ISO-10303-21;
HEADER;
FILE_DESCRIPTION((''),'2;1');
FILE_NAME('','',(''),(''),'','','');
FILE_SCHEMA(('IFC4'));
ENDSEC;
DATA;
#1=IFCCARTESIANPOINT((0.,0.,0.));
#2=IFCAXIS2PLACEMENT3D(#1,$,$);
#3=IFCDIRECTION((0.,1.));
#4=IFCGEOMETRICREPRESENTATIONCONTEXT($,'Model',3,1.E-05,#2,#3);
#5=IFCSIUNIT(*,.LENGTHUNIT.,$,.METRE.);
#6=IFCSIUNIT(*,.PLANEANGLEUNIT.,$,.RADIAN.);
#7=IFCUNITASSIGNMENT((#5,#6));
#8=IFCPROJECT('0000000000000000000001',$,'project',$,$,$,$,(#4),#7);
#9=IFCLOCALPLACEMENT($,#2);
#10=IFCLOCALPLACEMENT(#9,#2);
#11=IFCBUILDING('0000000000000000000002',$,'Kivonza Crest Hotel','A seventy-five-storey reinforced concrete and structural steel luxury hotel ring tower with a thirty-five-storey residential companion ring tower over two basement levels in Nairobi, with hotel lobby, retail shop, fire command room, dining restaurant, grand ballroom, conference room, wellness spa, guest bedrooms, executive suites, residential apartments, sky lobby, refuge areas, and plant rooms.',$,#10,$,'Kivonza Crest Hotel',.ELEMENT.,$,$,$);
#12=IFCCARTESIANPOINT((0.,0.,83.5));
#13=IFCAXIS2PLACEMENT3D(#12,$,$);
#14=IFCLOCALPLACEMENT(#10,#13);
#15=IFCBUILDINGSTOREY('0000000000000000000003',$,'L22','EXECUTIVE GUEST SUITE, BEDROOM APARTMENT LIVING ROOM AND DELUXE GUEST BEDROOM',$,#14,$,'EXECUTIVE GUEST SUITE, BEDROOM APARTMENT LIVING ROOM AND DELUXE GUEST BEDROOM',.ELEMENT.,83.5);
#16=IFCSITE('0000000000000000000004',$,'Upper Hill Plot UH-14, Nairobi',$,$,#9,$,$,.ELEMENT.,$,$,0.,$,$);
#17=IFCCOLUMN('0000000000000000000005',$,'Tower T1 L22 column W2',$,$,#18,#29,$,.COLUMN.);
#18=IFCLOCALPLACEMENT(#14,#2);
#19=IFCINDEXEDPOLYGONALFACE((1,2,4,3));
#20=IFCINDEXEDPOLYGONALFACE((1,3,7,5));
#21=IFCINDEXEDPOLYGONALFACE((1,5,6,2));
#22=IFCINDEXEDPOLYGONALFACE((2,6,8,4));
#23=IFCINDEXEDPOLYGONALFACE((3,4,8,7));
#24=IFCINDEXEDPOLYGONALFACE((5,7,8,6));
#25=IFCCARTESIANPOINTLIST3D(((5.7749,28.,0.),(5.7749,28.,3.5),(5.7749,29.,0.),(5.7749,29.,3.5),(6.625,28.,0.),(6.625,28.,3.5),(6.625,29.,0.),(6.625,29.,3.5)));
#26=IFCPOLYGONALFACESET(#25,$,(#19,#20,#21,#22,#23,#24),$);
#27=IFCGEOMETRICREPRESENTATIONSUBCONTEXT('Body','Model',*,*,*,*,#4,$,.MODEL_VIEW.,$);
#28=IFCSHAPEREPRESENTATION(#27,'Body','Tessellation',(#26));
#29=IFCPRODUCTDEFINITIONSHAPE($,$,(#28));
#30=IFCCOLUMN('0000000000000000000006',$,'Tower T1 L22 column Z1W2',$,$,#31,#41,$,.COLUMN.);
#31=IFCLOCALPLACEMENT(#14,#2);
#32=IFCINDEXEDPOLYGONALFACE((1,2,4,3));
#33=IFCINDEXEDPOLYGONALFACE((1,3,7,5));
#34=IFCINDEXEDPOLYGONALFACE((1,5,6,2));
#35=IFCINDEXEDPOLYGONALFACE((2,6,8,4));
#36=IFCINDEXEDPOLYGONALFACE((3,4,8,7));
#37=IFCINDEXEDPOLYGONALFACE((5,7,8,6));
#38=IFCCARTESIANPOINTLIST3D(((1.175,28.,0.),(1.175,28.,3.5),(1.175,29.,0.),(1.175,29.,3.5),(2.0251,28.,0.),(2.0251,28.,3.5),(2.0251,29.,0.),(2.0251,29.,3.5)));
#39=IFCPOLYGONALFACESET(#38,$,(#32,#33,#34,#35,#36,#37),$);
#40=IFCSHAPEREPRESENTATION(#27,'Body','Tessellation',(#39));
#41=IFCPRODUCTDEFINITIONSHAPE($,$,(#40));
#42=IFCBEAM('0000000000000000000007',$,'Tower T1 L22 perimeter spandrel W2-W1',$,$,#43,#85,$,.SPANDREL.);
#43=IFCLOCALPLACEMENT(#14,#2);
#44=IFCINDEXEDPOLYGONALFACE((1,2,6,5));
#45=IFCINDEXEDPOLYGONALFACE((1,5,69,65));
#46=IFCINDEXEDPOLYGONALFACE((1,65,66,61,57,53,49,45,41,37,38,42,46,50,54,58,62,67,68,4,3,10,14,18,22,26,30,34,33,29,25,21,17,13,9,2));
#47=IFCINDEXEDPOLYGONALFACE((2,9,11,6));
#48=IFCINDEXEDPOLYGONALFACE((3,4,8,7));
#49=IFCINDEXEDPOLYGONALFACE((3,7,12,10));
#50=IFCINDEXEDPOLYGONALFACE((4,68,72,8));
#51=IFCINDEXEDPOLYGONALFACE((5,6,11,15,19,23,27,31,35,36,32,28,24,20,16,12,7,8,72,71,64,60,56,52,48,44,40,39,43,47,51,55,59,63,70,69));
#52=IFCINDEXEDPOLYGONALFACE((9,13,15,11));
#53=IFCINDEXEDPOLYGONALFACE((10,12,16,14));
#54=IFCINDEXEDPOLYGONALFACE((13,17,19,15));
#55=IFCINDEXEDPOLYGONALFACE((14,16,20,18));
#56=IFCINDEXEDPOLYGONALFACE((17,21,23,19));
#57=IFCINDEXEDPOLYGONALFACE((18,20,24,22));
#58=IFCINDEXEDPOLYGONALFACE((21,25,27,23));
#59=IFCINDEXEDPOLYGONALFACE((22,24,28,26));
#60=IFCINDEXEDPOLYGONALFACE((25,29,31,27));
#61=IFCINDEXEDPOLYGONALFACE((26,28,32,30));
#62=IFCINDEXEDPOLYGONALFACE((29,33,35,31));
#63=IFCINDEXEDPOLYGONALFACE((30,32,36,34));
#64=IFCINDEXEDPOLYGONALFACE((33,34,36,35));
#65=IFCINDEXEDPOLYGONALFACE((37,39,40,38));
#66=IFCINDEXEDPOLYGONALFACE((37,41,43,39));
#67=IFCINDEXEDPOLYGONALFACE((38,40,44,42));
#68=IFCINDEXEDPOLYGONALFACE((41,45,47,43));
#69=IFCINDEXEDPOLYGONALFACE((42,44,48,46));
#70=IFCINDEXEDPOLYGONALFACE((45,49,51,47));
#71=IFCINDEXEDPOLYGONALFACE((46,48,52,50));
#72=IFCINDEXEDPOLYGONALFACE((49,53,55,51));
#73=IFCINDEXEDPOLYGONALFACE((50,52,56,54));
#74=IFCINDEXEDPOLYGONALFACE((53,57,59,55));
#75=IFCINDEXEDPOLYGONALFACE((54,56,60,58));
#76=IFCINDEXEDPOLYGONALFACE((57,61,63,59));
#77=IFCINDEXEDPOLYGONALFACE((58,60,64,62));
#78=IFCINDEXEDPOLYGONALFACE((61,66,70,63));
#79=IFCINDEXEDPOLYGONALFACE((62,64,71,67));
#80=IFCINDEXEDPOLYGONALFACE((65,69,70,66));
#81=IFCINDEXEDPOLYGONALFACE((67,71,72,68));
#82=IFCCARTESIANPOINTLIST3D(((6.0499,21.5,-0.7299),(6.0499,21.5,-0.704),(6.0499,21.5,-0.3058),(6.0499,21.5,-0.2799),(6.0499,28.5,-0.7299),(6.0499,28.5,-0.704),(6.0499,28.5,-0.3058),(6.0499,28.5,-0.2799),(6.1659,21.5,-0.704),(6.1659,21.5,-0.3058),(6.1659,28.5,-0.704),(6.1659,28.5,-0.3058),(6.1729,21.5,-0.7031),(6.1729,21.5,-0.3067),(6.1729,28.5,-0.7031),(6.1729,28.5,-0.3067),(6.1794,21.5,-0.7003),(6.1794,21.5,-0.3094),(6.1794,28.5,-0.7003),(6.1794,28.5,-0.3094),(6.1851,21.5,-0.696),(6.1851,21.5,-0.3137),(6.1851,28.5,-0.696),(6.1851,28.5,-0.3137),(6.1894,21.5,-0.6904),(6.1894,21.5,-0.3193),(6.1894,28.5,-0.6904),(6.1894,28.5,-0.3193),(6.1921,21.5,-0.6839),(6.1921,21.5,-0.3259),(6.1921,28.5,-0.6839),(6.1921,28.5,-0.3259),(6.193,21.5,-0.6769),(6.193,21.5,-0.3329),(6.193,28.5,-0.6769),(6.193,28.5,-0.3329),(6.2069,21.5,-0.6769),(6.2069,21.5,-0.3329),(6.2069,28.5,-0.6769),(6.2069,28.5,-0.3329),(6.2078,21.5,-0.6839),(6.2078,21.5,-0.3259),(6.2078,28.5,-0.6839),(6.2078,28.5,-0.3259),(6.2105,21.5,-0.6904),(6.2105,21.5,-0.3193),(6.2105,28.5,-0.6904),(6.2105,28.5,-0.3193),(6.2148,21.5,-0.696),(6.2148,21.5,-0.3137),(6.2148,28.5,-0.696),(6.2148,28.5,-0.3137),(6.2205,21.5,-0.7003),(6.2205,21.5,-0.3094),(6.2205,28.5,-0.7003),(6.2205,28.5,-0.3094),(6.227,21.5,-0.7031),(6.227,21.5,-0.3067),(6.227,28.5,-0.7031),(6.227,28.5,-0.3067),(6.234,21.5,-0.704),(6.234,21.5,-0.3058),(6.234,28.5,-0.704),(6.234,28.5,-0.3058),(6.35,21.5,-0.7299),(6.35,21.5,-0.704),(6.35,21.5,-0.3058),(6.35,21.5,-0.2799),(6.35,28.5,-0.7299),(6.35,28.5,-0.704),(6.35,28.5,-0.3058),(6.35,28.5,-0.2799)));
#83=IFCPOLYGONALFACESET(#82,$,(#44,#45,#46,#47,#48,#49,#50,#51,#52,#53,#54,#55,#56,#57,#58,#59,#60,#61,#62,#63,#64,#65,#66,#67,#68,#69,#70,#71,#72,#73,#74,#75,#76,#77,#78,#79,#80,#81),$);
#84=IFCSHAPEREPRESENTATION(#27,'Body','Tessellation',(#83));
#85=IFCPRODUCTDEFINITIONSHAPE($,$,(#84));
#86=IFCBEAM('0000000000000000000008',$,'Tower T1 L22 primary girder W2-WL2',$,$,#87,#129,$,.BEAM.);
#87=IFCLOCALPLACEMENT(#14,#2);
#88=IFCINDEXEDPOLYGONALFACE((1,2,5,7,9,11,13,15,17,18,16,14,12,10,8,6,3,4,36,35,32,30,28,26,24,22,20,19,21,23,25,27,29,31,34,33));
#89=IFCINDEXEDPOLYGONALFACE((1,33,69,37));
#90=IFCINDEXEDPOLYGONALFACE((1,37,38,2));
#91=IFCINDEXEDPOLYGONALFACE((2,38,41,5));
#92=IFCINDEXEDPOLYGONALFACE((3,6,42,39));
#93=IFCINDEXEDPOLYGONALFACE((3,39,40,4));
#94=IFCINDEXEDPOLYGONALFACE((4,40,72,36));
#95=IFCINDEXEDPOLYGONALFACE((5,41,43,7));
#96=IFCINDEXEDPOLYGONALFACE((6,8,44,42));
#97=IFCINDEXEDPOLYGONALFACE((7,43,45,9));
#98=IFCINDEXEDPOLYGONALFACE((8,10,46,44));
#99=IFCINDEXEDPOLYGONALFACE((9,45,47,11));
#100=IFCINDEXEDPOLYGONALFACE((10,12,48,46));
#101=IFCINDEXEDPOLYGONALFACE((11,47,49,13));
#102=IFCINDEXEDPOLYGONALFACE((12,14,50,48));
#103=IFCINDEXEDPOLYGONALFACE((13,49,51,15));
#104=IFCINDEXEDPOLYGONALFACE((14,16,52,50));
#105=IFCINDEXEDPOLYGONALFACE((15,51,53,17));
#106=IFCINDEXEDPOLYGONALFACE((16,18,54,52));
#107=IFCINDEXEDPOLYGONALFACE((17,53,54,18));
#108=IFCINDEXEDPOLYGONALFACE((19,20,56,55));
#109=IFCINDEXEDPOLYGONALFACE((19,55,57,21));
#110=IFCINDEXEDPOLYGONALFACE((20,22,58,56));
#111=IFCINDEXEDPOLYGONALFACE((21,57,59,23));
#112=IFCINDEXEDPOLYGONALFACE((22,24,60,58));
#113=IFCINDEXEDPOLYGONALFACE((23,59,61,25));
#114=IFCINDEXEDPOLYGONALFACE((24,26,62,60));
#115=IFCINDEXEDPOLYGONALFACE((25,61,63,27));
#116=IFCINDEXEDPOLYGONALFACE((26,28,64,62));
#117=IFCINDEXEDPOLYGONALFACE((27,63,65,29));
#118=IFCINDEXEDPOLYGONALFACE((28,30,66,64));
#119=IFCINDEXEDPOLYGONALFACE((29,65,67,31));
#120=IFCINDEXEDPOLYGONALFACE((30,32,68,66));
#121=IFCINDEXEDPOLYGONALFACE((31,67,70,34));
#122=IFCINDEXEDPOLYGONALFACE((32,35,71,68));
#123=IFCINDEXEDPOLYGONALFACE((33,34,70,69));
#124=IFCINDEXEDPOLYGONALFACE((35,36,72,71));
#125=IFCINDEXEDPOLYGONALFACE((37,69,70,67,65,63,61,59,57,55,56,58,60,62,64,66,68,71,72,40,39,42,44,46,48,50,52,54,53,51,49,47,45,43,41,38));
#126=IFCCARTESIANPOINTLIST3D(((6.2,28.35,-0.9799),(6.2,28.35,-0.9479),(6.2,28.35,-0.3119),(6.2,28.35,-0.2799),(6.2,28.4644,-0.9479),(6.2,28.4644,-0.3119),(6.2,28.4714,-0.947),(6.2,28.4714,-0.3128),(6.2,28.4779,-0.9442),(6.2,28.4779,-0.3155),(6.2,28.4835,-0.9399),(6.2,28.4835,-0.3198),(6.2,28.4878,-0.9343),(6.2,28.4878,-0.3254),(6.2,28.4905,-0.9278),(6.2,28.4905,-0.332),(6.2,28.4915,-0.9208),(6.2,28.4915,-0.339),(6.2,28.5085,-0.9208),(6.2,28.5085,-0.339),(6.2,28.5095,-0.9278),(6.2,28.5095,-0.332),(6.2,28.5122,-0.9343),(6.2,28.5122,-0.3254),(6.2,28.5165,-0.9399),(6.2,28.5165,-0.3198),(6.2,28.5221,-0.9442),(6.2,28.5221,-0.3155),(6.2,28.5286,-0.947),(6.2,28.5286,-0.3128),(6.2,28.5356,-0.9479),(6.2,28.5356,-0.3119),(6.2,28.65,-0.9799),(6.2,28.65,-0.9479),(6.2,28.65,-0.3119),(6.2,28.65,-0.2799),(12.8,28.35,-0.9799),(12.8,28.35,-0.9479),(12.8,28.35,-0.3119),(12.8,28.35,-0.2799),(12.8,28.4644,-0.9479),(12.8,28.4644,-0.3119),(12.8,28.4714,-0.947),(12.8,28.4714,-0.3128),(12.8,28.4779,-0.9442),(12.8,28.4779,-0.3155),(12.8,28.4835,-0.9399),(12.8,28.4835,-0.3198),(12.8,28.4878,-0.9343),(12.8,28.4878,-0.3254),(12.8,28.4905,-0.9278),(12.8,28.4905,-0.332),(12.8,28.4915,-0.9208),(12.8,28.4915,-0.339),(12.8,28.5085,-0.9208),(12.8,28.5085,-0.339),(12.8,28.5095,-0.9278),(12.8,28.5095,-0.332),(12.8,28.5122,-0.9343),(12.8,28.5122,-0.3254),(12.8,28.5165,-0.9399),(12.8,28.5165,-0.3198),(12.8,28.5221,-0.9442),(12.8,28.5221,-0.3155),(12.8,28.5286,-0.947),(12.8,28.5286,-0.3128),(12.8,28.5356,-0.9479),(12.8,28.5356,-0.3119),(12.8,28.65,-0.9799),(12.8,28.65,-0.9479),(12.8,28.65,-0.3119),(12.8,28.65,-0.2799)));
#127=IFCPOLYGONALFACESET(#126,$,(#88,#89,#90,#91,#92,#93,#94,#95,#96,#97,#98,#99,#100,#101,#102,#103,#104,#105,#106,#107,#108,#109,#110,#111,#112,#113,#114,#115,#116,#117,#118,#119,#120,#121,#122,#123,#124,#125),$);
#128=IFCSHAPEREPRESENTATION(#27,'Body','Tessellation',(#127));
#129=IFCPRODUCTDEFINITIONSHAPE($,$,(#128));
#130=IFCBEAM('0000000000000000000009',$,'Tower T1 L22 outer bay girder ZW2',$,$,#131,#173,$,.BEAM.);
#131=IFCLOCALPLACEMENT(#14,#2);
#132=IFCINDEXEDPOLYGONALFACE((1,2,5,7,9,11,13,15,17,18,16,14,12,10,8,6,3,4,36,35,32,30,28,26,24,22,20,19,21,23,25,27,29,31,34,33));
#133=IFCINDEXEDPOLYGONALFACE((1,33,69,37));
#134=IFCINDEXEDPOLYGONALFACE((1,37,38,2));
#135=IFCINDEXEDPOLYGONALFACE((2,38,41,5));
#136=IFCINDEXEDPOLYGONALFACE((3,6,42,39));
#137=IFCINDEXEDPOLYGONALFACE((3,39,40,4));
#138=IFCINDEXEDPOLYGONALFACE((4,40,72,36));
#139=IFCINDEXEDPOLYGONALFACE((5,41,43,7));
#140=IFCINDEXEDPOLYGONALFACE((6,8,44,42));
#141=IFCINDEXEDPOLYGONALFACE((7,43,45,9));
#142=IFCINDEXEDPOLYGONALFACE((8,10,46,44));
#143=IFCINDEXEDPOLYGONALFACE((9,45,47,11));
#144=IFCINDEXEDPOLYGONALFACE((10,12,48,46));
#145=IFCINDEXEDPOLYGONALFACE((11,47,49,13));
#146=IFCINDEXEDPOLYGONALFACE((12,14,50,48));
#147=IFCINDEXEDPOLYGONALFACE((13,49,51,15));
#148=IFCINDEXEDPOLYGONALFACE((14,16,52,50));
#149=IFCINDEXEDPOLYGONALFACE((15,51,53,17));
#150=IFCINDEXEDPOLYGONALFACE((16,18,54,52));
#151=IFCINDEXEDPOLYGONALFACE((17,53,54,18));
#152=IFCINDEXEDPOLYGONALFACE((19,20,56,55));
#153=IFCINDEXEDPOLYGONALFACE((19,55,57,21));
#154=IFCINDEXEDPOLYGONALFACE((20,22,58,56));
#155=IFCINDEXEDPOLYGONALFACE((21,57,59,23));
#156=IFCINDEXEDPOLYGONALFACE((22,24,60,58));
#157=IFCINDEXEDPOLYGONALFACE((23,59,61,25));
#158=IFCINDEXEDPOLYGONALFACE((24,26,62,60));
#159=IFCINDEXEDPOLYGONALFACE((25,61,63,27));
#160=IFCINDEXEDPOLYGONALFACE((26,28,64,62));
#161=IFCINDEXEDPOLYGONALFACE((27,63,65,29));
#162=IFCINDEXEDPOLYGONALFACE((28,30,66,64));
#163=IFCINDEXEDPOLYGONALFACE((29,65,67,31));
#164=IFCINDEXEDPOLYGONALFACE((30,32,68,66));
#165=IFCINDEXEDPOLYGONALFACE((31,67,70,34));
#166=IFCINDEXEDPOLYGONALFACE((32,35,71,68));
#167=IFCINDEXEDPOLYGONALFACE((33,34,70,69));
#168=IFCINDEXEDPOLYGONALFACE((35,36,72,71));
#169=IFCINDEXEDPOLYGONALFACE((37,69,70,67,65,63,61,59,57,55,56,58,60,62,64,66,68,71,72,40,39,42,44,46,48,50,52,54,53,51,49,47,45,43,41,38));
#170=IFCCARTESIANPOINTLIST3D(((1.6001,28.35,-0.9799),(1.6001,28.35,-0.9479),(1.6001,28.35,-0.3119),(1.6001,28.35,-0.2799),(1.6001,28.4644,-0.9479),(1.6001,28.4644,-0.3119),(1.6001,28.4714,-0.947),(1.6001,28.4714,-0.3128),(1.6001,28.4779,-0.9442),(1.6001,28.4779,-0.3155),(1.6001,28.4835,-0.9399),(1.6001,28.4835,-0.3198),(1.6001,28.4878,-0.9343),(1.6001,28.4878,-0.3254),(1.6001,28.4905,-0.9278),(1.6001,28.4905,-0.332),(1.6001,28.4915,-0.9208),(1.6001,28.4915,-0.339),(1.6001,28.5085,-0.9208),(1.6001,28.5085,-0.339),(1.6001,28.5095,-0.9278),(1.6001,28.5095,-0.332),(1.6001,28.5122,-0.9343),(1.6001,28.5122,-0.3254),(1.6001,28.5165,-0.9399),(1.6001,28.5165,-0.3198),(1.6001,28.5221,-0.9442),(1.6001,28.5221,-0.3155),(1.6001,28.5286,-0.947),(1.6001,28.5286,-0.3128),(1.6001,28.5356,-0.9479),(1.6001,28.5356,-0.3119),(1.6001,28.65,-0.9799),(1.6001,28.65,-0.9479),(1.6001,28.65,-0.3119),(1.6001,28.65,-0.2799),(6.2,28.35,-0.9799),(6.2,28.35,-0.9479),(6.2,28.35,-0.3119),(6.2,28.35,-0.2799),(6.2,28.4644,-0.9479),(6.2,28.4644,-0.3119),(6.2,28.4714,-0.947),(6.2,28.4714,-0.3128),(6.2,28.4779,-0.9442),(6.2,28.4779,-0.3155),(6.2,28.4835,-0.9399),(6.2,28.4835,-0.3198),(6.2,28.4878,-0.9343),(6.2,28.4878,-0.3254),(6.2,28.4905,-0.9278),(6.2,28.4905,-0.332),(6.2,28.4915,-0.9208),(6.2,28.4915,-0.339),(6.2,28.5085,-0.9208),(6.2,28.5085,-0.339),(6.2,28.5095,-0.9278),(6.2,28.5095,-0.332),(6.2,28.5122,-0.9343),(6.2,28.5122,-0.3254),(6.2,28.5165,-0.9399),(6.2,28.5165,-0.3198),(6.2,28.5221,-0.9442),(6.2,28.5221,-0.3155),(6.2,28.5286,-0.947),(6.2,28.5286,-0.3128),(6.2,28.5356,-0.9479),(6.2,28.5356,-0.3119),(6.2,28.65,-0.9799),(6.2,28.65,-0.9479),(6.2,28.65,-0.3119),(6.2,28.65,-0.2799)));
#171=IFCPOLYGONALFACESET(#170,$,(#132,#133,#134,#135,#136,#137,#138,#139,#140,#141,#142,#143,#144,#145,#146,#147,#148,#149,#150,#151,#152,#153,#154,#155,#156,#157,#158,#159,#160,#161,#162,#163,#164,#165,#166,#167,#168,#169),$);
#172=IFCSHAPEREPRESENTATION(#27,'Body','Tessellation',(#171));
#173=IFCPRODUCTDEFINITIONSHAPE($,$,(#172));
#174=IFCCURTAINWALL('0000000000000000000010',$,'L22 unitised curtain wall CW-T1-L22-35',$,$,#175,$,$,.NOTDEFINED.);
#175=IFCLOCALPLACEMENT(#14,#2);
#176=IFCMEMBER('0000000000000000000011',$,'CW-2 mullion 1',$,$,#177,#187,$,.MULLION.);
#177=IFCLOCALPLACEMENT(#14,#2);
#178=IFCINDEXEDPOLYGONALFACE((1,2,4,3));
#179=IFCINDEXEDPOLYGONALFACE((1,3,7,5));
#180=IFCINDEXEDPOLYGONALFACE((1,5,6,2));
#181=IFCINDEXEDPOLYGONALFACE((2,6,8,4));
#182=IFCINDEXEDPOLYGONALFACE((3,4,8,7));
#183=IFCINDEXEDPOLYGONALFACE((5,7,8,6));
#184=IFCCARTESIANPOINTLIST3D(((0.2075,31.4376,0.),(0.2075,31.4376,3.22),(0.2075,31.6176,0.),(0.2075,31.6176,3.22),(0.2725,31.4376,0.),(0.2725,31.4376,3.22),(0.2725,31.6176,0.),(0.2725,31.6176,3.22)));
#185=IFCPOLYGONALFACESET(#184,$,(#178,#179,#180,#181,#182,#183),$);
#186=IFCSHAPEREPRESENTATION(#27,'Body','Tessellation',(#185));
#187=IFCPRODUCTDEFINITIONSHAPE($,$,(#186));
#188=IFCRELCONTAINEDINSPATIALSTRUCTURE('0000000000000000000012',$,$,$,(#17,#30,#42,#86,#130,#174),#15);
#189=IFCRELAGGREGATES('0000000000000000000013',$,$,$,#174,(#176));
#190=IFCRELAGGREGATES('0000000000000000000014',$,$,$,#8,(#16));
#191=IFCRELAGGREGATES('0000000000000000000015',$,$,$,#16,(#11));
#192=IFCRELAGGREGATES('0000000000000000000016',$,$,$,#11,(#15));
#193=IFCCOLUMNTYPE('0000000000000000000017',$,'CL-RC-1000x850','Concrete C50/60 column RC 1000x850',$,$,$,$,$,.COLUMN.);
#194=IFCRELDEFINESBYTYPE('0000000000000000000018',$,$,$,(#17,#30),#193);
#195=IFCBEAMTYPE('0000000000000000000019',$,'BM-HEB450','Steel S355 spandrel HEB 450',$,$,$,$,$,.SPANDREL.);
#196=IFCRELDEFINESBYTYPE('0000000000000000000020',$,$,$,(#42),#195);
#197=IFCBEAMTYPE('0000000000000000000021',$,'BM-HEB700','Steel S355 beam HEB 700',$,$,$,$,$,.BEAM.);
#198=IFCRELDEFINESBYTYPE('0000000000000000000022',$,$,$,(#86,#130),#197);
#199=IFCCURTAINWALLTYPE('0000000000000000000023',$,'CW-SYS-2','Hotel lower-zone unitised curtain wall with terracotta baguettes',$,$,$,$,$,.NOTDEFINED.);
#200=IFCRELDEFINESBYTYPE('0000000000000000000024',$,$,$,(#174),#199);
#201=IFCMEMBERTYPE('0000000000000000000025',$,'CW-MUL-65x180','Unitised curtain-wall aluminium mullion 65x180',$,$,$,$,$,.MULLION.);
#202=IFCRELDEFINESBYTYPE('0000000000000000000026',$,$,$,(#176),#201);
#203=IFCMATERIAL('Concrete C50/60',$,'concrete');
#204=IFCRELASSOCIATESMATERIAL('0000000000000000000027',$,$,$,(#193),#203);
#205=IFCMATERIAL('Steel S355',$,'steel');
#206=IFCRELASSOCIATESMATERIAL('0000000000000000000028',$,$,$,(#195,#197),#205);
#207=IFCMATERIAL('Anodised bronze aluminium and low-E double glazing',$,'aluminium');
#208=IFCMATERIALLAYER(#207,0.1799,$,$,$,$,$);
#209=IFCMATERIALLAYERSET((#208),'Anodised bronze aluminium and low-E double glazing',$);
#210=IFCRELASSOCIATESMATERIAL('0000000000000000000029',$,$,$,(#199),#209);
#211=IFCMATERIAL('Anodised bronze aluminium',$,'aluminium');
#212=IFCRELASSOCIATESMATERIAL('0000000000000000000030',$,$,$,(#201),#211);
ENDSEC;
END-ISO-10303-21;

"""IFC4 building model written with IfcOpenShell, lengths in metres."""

from ifc_helpers import new_model, si_unit, direction, frame, origin, origin_2d, place, context, subcontext, project, spatial, rectangle, i_section, extrude, material, layer, layer_set, material_profile, profile_set, type_object, element, aggregate, save


model = new_model("IFC4")

# Units and contexts
model_context = context("Model", 3, precision=1e-05, world=origin(), true_north=direction((0.0, 1.0)))
body_context = subcontext(model_context, "Body", "Model", "MODEL_VIEW")
ifc_project = project(units=[si_unit("LENGTHUNIT", "METRE"), si_unit("PLANEANGLEUNIT", "RADIAN")], contexts=[model_context])

# Site, building, storey
site_placement = place(None, origin())
site = spatial("IfcSite", under=ifc_project, at=site_placement, Name="Upper Hill Plot UH-14, Nairobi", CompositionType="ELEMENT", RefElevation=0.0)
building_placement = place(site_placement, origin())
building = spatial("IfcBuilding", under=site, at=building_placement, Name="Kivonza Crest Hotel", Description="A seventy-five-storey reinforced concrete and structural steel luxury hotel ring tower with a thirty-five-storey residential companion ring tower over two basement levels in Nairobi, with hotel lobby, retail shop, fire command room, dining restaurant, grand ballroom, conference room, wellness spa, guest bedrooms, executive suites, residential apartments, sky lobby, refuge areas, and plant rooms.", LongName="Kivonza Crest Hotel", CompositionType="ELEMENT")
storey_placement = place(building_placement, frame((0.0, 0.0, 83.5)))
storey = spatial("IfcBuildingStorey", under=building, at=storey_placement, Name="L22", Description="EXECUTIVE GUEST SUITE, BEDROOM APARTMENT LIVING ROOM AND DELUXE GUEST BEDROOM", LongName="EXECUTIVE GUEST SUITE, BEDROOM APARTMENT LIVING ROOM AND DELUXE GUEST BEDROOM", CompositionType="ELEMENT", Elevation=83.5)

# Columns
ifc_material_1 = material(Name="Concrete C50/60", Category="concrete")
ifc_material_profile_1 = material_profile(ifc_material_1, rectangle(XDim=0.8501, YDim=1.0, at=origin_2d()), Name="RC 1000x850")
ifc_profile_set_1 = profile_set([ifc_material_profile_1], Name="Concrete C50/60")
column_type = type_object("IfcColumnType", Name="CL-RC-1000x850", Description="Concrete C50/60 column RC 1000x850", PredefinedType="COLUMN", material=ifc_profile_set_1)
for number, where, z_axis, x_axis, name in (
    (1, (6.2, 28.5, 0.0), (0.0, 0.0, 1.0), (1.0, 0.0, 0.0), "Tower T1 L22 column W2"),
    (2, (1.6001, 28.5, 0.0), (0.0, 0.0, 1.0), (1.0, 0.0, 0.0), "Tower T1 L22 column Z1W2"),
):
    element("IfcColumn", number, at=place(storey_placement, frame(where, z_axis=z_axis, x_axis=x_axis)), inside=storey, type_object=column_type, Name=name, PredefinedType="COLUMN", context=body_context, shape_type="SweptSolid", body=[
        extrude(rectangle(XDim=0.8501, YDim=1.0, at=origin_2d()), origin(), (0.0, 0.0, 1.0), 3.5),
    ])

# Beams
ifc_material_2 = material(Name="Steel S355", Category="steel")
ifc_material_profile_2 = material_profile(ifc_material_2, i_section(OverallWidth=0.3, OverallDepth=0.45, WebThickness=0.0139, FlangeThickness=0.0259, FilletRadius=0.0271, at=origin_2d()), Name="HEB 450")
ifc_profile_set_2 = profile_set([ifc_material_profile_2], Name="Steel S355")
beam_type_1 = type_object("IfcBeamType", Name="BM-HEB450", Description="Steel S355 spandrel HEB 450", PredefinedType="SPANDREL", material=ifc_profile_set_2)
beam_1_placement = place(storey_placement, frame((6.2, 28.5, -0.5049), z_axis=(0.0, -1.0, 0.0), x_axis=(1.0, 0.0, 0.0)))
element("IfcBeam", 3, at=beam_1_placement, inside=storey, type_object=beam_type_1, Name="Tower T1 L22 perimeter spandrel W2-W1", PredefinedType="SPANDREL", context=body_context, shape_type="SweptSolid", body=[
    extrude(i_section(OverallWidth=0.3, OverallDepth=0.45, WebThickness=0.0139, FlangeThickness=0.0259, FilletRadius=0.0271, at=origin_2d()), origin(), (0.0, 0.0, 1.0), 7.0),
])
ifc_material_profile_3 = material_profile(ifc_material_2, i_section(OverallWidth=0.3, OverallDepth=0.7, WebThickness=0.0171, FlangeThickness=0.032, FilletRadius=0.0271, at=origin_2d()), Name="HEB 700")
ifc_profile_set_3 = profile_set([ifc_material_profile_3], Name="Steel S355")
beam_type_2 = type_object("IfcBeamType", Name="BM-HEB700", Description="Steel S355 beam HEB 700", PredefinedType="BEAM", material=ifc_profile_set_3)
beam_2_placement = place(storey_placement, frame((6.2, 28.5, -0.6299), z_axis=(1.0, 0.0, 0.0), x_axis=(0.0, 1.0, 0.0)))
element("IfcBeam", 4, at=beam_2_placement, inside=storey, type_object=beam_type_2, Name="Tower T1 L22 primary girder W2-WL2", PredefinedType="BEAM", context=body_context, shape_type="SweptSolid", body=[
    extrude(i_section(OverallWidth=0.3, OverallDepth=0.7, WebThickness=0.0171, FlangeThickness=0.032, FilletRadius=0.0271, at=origin_2d()), origin(), (0.0, 0.0, 1.0), 6.6001),
])
beam_3_placement = place(storey_placement, frame((1.6001, 28.5, -0.6299), z_axis=(1.0, 0.0, 0.0), x_axis=(0.0, 1.0, 0.0)))
element("IfcBeam", 5, at=beam_3_placement, inside=storey, type_object=beam_type_2, Name="Tower T1 L22 outer bay girder ZW2", PredefinedType="BEAM", context=body_context, shape_type="SweptSolid", body=[
    extrude(i_section(OverallWidth=0.3, OverallDepth=0.7, WebThickness=0.0171, FlangeThickness=0.032, FilletRadius=0.0271, at=origin_2d()), origin(), (0.0, 0.0, 1.0), 4.5999),
])

# Curtain wall, member
ifc_material_3 = material(Name="Anodised bronze aluminium and low-E double glazing", Category="aluminium")
ifc_layer_1 = layer(ifc_material_3, 0.1799)
ifc_layer_set_1 = layer_set([ifc_layer_1], Name="Anodised bronze aluminium and low-E double glazing")
curtain_wall_type = type_object("IfcCurtainWallType", Name="CW-SYS-2", Description="Hotel lower-zone unitised curtain wall with terracotta baguettes", PredefinedType="NOTDEFINED", material=ifc_layer_set_1)
curtain_wall_placement = place(storey_placement, origin())
curtain_wall = element("IfcCurtainWall", 6, at=curtain_wall_placement, inside=storey, type_object=curtain_wall_type, Name="L22 unitised curtain wall CW-T1-L22-35", PredefinedType="NOTDEFINED")
ifc_material_4 = material(Name="Anodised bronze aluminium", Category="aluminium")
ifc_material_profile_4 = material_profile(ifc_material_4, rectangle(XDim=0.0649, YDim=0.1799, at=origin_2d()), Name="CW-M 65x180")
ifc_profile_set_4 = profile_set([ifc_material_profile_4], Name="Anodised bronze aluminium")
member_type_1 = type_object("IfcMemberType", Name="CW-MUL-65x180", Description="Unitised curtain-wall aluminium mullion 65x180", PredefinedType="MULLION", material=ifc_profile_set_4)
member_1_placement = place(storey_placement, frame((0.24, 31.5276, 0.0), z_axis=(0.0, 0.0, 1.0), x_axis=(1.0, 0.0, 0.0)))
member_1 = element("IfcMember", 7, at=member_1_placement, type_object=member_type_1, Name="CW-2 mullion 1", PredefinedType="MULLION", context=body_context, shape_type="SweptSolid", body=[
    extrude(rectangle(XDim=0.0649, YDim=0.1799, at=origin_2d()), origin(), (0.0, 0.0, 1.0), 3.22),
])
aggregate(curtain_wall, [member_1])

save(model, "model.ifc")
